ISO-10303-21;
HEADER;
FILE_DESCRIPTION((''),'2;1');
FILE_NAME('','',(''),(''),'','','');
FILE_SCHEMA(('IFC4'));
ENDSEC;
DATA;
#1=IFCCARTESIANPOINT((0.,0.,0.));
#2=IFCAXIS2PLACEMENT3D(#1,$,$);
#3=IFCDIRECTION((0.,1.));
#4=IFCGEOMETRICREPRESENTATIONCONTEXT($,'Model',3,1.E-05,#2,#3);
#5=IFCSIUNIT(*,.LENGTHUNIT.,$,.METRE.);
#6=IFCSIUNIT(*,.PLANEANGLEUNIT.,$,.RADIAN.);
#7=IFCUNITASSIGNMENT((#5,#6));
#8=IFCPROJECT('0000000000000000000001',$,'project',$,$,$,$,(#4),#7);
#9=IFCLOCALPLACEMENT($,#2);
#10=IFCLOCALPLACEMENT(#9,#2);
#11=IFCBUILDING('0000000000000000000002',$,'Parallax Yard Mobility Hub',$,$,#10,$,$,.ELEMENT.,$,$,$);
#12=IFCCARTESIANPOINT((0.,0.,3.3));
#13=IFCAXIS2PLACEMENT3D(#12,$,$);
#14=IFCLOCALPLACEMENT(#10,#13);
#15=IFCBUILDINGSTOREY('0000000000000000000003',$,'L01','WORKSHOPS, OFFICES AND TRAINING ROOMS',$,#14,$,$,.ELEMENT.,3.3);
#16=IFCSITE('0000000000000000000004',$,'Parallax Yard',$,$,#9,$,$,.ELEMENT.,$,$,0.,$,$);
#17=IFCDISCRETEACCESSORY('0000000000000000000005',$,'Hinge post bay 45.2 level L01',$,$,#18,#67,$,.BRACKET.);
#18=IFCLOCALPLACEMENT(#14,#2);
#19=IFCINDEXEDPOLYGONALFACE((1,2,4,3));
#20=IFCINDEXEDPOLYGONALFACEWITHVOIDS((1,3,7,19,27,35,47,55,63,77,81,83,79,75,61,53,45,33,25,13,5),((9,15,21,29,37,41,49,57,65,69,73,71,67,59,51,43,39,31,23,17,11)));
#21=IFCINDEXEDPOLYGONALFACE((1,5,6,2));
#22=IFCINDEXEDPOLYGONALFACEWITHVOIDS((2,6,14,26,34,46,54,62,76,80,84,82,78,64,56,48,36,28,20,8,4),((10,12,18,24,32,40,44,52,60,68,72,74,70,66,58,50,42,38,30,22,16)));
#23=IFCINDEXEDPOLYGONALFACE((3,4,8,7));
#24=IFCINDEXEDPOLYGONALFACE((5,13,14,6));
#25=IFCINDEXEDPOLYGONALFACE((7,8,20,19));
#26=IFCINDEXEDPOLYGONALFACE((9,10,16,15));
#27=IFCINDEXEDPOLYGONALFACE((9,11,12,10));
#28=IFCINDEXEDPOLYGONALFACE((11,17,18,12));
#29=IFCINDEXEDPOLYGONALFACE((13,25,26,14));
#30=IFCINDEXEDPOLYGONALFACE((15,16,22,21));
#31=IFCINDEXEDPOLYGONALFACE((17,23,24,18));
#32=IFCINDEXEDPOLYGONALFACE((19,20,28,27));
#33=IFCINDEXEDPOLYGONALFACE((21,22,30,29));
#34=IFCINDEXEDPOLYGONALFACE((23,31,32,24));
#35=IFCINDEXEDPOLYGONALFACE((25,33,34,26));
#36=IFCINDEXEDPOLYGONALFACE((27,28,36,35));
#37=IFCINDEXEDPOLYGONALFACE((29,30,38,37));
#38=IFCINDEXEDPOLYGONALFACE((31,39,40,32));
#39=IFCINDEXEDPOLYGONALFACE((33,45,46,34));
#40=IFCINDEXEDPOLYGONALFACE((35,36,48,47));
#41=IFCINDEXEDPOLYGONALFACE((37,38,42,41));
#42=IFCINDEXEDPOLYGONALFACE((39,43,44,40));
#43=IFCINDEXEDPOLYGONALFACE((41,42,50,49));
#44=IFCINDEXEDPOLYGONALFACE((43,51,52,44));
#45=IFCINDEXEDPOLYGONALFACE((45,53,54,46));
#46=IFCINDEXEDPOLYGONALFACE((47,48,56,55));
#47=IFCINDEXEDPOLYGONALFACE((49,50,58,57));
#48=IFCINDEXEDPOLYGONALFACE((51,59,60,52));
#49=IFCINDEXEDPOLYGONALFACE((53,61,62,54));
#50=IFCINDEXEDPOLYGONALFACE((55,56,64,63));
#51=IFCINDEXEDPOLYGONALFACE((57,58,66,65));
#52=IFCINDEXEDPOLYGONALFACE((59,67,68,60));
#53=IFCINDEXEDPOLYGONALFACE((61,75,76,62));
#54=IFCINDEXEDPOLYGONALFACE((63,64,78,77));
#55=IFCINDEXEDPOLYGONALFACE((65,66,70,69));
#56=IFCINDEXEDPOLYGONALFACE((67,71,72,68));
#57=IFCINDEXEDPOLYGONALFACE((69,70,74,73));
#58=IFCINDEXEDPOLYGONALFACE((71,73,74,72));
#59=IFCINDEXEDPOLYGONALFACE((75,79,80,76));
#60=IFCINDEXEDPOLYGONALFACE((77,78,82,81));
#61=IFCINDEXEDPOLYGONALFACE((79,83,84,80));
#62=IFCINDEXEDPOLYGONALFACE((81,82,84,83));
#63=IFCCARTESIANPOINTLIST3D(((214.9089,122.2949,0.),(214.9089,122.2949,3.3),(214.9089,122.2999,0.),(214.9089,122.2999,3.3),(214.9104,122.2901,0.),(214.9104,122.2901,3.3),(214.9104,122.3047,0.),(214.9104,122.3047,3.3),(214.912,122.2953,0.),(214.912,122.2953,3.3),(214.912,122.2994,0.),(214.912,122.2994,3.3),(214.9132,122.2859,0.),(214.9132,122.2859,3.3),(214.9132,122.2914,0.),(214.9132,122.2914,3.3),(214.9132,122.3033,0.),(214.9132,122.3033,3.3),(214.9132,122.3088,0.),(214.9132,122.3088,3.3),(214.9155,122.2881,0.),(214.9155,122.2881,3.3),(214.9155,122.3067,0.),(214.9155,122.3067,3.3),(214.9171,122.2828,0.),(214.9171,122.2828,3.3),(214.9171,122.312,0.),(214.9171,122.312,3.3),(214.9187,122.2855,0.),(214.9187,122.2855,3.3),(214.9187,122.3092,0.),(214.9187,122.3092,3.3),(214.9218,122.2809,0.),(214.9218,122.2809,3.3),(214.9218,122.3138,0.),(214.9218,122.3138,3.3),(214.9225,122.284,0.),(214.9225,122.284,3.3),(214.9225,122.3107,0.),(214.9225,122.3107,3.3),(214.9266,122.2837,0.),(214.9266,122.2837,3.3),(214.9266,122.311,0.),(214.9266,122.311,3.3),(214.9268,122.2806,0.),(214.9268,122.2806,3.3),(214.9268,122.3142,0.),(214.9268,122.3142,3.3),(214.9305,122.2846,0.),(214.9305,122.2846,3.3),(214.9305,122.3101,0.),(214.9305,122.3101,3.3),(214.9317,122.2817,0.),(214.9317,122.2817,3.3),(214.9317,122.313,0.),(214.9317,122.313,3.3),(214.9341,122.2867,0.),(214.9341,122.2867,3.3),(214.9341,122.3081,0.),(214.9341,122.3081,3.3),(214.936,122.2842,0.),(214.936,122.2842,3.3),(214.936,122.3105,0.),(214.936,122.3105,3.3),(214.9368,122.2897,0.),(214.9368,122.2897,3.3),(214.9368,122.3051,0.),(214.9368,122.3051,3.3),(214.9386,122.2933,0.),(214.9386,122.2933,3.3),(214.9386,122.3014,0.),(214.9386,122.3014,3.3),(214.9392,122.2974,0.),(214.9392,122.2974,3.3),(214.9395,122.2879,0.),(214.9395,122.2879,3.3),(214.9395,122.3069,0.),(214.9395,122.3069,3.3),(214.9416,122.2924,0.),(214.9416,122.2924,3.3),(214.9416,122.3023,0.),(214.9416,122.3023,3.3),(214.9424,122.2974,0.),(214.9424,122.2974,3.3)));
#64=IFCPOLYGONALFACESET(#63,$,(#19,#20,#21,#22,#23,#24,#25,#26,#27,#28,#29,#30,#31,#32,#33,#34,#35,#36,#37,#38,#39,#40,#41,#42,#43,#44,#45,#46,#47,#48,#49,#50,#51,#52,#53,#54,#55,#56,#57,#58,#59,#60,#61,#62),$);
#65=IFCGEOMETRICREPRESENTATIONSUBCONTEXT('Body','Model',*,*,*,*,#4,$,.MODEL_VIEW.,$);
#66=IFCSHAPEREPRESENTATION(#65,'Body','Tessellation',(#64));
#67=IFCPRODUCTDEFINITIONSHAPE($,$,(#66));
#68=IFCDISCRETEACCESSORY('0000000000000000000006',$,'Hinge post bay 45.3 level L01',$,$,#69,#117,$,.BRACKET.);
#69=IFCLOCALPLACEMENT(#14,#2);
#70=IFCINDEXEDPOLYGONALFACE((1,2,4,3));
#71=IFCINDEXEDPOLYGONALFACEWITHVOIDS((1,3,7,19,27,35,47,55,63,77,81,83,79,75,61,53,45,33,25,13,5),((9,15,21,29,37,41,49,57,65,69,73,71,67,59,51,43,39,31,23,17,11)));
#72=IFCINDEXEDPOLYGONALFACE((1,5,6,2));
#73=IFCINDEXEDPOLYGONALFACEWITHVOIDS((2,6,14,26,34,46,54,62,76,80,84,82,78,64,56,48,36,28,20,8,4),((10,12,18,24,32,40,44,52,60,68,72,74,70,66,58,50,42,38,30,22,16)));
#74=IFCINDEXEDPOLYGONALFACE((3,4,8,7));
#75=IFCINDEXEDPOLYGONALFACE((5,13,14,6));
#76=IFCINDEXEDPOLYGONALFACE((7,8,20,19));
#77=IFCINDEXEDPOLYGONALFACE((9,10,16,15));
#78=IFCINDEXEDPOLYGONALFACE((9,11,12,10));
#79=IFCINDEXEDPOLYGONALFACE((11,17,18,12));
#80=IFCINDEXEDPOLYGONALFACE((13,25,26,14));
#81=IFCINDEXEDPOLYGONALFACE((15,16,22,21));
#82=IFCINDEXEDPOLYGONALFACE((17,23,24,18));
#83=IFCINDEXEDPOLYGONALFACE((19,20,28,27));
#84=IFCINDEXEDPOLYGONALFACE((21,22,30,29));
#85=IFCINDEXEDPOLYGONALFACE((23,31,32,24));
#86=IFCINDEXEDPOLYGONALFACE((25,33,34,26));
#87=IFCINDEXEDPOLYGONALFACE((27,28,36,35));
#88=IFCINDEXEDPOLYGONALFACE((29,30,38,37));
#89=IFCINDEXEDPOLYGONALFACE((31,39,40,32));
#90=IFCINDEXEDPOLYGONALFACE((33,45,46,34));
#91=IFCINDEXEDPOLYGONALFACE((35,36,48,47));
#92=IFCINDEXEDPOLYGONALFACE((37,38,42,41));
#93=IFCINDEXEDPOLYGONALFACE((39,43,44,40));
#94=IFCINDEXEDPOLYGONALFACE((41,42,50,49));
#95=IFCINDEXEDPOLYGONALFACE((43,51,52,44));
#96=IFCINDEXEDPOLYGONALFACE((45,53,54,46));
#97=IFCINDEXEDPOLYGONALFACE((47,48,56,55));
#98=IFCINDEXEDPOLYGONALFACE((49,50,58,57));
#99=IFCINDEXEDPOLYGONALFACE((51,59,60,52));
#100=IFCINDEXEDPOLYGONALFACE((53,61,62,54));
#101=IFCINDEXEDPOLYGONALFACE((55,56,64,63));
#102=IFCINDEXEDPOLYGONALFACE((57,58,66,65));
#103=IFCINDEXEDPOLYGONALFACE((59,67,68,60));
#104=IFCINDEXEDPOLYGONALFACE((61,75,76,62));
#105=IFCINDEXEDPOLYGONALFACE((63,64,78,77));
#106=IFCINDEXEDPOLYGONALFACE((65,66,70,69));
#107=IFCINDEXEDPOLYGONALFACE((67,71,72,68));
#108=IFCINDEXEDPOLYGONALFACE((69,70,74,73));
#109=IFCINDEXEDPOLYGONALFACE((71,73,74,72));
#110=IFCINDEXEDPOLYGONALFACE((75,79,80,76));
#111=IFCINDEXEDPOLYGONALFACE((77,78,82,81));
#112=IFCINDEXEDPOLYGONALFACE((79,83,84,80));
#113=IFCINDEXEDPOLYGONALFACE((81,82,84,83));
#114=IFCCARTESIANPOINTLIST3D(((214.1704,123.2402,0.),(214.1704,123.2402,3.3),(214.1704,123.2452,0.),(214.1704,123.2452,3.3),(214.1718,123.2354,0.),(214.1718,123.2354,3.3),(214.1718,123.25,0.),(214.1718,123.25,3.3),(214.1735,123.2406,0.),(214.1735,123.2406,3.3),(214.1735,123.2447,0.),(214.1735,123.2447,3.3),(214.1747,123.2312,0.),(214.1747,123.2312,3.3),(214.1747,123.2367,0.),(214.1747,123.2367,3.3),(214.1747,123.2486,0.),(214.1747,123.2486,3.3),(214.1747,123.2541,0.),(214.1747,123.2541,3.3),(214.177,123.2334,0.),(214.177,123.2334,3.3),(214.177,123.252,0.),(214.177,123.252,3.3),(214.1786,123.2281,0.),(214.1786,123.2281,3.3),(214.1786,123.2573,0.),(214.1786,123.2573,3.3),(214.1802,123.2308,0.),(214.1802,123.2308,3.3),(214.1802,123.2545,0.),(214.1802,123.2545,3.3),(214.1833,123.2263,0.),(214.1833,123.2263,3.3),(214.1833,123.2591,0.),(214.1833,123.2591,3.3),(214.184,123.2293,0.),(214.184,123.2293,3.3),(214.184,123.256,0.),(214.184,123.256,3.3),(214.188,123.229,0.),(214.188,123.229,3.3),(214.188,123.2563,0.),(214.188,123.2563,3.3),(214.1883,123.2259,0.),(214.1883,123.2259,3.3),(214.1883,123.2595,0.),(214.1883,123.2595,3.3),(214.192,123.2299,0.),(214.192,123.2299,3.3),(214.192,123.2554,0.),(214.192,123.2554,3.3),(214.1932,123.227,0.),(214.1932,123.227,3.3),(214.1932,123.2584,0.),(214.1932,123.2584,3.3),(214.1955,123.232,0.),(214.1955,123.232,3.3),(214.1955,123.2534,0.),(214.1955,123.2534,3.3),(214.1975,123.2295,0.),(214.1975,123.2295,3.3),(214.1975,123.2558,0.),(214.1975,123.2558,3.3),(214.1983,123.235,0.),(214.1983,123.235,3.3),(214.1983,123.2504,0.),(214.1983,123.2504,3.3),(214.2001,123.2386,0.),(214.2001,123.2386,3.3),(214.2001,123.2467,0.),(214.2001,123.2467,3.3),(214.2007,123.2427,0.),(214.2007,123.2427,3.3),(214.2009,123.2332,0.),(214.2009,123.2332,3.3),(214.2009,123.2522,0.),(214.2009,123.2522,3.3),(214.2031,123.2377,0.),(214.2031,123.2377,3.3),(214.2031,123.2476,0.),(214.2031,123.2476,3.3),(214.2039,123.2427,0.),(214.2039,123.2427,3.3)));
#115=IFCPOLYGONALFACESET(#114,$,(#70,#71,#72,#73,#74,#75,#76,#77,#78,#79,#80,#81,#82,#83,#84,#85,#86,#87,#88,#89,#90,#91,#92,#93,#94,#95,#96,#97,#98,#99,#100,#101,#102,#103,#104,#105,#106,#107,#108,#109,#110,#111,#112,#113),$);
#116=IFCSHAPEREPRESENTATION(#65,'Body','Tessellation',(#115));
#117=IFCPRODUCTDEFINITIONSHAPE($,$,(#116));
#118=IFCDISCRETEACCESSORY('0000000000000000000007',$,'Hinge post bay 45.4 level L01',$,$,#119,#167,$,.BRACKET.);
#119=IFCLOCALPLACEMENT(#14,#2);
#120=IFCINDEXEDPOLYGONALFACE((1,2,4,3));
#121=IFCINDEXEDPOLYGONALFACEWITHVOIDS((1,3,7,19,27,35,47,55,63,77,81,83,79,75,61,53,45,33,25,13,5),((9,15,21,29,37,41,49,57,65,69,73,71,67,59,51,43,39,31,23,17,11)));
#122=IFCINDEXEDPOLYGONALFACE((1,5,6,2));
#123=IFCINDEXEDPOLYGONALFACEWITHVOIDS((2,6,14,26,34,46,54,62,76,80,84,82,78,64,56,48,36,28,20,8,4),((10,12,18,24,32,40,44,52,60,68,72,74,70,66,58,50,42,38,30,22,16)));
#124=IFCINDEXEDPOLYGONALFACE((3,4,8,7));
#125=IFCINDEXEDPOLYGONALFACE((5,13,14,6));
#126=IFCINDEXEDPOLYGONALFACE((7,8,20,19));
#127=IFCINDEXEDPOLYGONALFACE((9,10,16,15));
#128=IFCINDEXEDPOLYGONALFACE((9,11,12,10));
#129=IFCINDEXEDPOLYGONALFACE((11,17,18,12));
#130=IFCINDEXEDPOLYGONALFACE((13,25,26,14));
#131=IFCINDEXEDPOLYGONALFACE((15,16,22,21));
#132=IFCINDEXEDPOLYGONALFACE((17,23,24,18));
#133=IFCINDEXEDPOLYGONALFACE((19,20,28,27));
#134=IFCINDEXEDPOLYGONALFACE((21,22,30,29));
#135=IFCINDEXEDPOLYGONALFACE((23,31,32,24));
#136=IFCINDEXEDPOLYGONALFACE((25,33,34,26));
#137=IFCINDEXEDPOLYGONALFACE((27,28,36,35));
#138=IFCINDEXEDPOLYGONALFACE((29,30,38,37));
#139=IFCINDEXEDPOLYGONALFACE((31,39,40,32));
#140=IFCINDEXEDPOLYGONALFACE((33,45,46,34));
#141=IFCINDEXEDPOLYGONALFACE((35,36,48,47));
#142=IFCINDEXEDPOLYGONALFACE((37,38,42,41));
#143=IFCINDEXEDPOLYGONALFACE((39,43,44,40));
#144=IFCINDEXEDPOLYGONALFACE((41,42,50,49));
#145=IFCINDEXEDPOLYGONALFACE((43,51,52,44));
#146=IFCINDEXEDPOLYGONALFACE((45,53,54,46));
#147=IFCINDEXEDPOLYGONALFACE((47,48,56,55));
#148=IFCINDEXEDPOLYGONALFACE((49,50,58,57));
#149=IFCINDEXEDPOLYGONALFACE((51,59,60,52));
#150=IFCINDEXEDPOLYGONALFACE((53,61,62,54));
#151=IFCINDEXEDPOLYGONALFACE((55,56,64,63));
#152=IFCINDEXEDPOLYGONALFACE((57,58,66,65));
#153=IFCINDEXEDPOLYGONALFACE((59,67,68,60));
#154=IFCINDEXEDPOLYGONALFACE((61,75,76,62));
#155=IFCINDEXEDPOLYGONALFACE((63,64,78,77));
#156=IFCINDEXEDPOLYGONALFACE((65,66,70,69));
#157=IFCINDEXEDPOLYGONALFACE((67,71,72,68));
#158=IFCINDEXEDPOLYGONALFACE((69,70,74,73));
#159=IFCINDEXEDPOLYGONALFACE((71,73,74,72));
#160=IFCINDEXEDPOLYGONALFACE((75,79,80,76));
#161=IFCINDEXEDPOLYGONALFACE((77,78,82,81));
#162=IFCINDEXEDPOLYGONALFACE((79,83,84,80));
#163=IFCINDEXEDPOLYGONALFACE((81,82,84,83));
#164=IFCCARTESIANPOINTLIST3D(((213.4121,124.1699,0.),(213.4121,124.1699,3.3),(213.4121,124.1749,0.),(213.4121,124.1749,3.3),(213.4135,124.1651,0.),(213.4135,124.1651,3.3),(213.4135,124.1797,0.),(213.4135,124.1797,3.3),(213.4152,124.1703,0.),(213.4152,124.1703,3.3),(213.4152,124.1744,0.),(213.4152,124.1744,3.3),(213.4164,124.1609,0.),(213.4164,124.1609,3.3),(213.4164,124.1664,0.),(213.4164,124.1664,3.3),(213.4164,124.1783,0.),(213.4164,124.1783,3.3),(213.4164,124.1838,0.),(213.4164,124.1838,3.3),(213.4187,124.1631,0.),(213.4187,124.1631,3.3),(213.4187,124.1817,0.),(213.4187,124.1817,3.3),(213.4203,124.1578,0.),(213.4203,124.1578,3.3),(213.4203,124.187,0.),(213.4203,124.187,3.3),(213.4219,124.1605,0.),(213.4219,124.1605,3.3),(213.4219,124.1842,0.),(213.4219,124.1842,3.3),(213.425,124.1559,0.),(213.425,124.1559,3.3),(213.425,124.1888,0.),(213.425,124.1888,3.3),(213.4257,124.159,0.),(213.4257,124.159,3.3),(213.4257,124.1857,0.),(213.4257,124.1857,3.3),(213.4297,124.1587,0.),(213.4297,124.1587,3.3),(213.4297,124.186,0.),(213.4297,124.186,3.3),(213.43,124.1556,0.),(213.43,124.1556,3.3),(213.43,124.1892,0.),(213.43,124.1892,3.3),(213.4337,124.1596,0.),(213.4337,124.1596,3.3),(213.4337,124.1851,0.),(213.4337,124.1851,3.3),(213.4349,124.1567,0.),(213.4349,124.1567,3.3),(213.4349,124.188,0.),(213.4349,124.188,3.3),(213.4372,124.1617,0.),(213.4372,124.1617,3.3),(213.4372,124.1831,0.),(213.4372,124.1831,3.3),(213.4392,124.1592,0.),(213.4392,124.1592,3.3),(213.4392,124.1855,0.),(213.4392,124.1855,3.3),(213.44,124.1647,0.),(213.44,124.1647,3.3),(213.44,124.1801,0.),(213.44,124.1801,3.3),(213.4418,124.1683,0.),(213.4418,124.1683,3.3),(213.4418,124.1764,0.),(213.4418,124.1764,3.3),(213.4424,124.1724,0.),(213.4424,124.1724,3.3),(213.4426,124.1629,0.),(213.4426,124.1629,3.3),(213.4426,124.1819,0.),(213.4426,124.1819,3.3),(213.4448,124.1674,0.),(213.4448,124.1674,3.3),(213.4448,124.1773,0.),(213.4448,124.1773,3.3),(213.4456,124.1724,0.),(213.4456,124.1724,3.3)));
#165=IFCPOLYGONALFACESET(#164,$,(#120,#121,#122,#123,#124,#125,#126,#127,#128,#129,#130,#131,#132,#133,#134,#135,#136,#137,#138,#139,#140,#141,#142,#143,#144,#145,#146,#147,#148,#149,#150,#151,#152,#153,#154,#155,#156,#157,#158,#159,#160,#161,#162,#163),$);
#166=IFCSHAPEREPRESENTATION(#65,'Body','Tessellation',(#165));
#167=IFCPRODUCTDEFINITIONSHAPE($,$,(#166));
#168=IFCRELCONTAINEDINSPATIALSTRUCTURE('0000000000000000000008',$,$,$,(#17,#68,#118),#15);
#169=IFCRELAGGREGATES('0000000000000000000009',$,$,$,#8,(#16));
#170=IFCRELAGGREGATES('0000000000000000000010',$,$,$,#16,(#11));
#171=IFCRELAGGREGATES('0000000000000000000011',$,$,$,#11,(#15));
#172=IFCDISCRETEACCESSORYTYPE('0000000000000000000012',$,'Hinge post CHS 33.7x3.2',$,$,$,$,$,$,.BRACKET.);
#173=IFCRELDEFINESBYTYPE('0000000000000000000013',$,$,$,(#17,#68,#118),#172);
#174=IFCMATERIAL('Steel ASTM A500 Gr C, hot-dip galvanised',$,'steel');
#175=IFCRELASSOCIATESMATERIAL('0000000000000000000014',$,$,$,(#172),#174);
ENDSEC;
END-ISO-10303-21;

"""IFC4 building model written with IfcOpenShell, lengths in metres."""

from ifc_helpers import new_model, si_unit, direction, frame, origin, origin_2d, place, context, subcontext, project, spatial, hollow_circle, extrude, material, material_profile, profile_set, type_object, element, save


model = new_model("IFC4")

# Units and contexts
model_context = context("Model", 3, precision=1e-05, world=origin(), true_north=direction((0.0, 1.0)))
body_context = subcontext(model_context, "Body", "Model", "MODEL_VIEW")
ifc_project = project(units=[si_unit("LENGTHUNIT", "METRE"), si_unit("PLANEANGLEUNIT", "RADIAN")], contexts=[model_context])

# Site, building, storey
site_placement = place(None, origin())
site = spatial("IfcSite", under=ifc_project, at=site_placement, Name="Parallax Yard", CompositionType="ELEMENT", RefElevation=0.0)
building_placement = place(site_placement, origin())
building = spatial("IfcBuilding", under=site, at=building_placement, Name="Parallax Yard Mobility Hub", CompositionType="ELEMENT")
storey_placement = place(building_placement, frame((0.0, 0.0, 3.3)))
storey = spatial("IfcBuildingStorey", under=building, at=storey_placement, Name="L01", Description="WORKSHOPS, OFFICES AND TRAINING ROOMS", CompositionType="ELEMENT", Elevation=3.3)

# Discrete accessories
ifc_material_1 = material(Name="Steel ASTM A500 Gr C, hot-dip galvanised", Category="steel")
ifc_material_profile = material_profile(ifc_material_1, hollow_circle(Radius=0.0168, WallThickness=0.0032, at=origin_2d()), Name="CHS 33.7x3.2")
ifc_profile_set = profile_set([ifc_material_profile], Name="Steel ASTM A500 Gr C, hot-dip galvanised")
discrete_accessory_type_1 = type_object("IfcDiscreteAccessoryType", Name="Hinge post CHS 33.7x3.2", PredefinedType="BRACKET", material=ifc_profile_set)
for number, where, z_axis, x_axis, name in (
    (1, (214.9255, 122.2974, 0.0), (0.0, 0.0, 1.0), (1.0, 0.0, 0.0), "Hinge post bay 45.2 level L01"),
    (2, (214.187, 123.2427, 0.0), (0.0, 0.0, 1.0), (1.0, 0.0, 0.0), "Hinge post bay 45.3 level L01"),
    (3, (213.4287, 124.1724, 0.0), (0.0, 0.0, 1.0), (1.0, 0.0, 0.0), "Hinge post bay 45.4 level L01"),
):
    element("IfcDiscreteAccessory", number, at=place(storey_placement, frame(where, z_axis=z_axis, x_axis=x_axis)), inside=storey, type_object=discrete_accessory_type_1, Name=name, PredefinedType="BRACKET", context=body_context, shape_type="SweptSolid", body=[
        extrude(hollow_circle(Radius=0.0168, WallThickness=0.0032, at=origin_2d()), origin(), (0.0, 0.0, 1.0), 3.3),
    ])

save(model, "model.ifc")
